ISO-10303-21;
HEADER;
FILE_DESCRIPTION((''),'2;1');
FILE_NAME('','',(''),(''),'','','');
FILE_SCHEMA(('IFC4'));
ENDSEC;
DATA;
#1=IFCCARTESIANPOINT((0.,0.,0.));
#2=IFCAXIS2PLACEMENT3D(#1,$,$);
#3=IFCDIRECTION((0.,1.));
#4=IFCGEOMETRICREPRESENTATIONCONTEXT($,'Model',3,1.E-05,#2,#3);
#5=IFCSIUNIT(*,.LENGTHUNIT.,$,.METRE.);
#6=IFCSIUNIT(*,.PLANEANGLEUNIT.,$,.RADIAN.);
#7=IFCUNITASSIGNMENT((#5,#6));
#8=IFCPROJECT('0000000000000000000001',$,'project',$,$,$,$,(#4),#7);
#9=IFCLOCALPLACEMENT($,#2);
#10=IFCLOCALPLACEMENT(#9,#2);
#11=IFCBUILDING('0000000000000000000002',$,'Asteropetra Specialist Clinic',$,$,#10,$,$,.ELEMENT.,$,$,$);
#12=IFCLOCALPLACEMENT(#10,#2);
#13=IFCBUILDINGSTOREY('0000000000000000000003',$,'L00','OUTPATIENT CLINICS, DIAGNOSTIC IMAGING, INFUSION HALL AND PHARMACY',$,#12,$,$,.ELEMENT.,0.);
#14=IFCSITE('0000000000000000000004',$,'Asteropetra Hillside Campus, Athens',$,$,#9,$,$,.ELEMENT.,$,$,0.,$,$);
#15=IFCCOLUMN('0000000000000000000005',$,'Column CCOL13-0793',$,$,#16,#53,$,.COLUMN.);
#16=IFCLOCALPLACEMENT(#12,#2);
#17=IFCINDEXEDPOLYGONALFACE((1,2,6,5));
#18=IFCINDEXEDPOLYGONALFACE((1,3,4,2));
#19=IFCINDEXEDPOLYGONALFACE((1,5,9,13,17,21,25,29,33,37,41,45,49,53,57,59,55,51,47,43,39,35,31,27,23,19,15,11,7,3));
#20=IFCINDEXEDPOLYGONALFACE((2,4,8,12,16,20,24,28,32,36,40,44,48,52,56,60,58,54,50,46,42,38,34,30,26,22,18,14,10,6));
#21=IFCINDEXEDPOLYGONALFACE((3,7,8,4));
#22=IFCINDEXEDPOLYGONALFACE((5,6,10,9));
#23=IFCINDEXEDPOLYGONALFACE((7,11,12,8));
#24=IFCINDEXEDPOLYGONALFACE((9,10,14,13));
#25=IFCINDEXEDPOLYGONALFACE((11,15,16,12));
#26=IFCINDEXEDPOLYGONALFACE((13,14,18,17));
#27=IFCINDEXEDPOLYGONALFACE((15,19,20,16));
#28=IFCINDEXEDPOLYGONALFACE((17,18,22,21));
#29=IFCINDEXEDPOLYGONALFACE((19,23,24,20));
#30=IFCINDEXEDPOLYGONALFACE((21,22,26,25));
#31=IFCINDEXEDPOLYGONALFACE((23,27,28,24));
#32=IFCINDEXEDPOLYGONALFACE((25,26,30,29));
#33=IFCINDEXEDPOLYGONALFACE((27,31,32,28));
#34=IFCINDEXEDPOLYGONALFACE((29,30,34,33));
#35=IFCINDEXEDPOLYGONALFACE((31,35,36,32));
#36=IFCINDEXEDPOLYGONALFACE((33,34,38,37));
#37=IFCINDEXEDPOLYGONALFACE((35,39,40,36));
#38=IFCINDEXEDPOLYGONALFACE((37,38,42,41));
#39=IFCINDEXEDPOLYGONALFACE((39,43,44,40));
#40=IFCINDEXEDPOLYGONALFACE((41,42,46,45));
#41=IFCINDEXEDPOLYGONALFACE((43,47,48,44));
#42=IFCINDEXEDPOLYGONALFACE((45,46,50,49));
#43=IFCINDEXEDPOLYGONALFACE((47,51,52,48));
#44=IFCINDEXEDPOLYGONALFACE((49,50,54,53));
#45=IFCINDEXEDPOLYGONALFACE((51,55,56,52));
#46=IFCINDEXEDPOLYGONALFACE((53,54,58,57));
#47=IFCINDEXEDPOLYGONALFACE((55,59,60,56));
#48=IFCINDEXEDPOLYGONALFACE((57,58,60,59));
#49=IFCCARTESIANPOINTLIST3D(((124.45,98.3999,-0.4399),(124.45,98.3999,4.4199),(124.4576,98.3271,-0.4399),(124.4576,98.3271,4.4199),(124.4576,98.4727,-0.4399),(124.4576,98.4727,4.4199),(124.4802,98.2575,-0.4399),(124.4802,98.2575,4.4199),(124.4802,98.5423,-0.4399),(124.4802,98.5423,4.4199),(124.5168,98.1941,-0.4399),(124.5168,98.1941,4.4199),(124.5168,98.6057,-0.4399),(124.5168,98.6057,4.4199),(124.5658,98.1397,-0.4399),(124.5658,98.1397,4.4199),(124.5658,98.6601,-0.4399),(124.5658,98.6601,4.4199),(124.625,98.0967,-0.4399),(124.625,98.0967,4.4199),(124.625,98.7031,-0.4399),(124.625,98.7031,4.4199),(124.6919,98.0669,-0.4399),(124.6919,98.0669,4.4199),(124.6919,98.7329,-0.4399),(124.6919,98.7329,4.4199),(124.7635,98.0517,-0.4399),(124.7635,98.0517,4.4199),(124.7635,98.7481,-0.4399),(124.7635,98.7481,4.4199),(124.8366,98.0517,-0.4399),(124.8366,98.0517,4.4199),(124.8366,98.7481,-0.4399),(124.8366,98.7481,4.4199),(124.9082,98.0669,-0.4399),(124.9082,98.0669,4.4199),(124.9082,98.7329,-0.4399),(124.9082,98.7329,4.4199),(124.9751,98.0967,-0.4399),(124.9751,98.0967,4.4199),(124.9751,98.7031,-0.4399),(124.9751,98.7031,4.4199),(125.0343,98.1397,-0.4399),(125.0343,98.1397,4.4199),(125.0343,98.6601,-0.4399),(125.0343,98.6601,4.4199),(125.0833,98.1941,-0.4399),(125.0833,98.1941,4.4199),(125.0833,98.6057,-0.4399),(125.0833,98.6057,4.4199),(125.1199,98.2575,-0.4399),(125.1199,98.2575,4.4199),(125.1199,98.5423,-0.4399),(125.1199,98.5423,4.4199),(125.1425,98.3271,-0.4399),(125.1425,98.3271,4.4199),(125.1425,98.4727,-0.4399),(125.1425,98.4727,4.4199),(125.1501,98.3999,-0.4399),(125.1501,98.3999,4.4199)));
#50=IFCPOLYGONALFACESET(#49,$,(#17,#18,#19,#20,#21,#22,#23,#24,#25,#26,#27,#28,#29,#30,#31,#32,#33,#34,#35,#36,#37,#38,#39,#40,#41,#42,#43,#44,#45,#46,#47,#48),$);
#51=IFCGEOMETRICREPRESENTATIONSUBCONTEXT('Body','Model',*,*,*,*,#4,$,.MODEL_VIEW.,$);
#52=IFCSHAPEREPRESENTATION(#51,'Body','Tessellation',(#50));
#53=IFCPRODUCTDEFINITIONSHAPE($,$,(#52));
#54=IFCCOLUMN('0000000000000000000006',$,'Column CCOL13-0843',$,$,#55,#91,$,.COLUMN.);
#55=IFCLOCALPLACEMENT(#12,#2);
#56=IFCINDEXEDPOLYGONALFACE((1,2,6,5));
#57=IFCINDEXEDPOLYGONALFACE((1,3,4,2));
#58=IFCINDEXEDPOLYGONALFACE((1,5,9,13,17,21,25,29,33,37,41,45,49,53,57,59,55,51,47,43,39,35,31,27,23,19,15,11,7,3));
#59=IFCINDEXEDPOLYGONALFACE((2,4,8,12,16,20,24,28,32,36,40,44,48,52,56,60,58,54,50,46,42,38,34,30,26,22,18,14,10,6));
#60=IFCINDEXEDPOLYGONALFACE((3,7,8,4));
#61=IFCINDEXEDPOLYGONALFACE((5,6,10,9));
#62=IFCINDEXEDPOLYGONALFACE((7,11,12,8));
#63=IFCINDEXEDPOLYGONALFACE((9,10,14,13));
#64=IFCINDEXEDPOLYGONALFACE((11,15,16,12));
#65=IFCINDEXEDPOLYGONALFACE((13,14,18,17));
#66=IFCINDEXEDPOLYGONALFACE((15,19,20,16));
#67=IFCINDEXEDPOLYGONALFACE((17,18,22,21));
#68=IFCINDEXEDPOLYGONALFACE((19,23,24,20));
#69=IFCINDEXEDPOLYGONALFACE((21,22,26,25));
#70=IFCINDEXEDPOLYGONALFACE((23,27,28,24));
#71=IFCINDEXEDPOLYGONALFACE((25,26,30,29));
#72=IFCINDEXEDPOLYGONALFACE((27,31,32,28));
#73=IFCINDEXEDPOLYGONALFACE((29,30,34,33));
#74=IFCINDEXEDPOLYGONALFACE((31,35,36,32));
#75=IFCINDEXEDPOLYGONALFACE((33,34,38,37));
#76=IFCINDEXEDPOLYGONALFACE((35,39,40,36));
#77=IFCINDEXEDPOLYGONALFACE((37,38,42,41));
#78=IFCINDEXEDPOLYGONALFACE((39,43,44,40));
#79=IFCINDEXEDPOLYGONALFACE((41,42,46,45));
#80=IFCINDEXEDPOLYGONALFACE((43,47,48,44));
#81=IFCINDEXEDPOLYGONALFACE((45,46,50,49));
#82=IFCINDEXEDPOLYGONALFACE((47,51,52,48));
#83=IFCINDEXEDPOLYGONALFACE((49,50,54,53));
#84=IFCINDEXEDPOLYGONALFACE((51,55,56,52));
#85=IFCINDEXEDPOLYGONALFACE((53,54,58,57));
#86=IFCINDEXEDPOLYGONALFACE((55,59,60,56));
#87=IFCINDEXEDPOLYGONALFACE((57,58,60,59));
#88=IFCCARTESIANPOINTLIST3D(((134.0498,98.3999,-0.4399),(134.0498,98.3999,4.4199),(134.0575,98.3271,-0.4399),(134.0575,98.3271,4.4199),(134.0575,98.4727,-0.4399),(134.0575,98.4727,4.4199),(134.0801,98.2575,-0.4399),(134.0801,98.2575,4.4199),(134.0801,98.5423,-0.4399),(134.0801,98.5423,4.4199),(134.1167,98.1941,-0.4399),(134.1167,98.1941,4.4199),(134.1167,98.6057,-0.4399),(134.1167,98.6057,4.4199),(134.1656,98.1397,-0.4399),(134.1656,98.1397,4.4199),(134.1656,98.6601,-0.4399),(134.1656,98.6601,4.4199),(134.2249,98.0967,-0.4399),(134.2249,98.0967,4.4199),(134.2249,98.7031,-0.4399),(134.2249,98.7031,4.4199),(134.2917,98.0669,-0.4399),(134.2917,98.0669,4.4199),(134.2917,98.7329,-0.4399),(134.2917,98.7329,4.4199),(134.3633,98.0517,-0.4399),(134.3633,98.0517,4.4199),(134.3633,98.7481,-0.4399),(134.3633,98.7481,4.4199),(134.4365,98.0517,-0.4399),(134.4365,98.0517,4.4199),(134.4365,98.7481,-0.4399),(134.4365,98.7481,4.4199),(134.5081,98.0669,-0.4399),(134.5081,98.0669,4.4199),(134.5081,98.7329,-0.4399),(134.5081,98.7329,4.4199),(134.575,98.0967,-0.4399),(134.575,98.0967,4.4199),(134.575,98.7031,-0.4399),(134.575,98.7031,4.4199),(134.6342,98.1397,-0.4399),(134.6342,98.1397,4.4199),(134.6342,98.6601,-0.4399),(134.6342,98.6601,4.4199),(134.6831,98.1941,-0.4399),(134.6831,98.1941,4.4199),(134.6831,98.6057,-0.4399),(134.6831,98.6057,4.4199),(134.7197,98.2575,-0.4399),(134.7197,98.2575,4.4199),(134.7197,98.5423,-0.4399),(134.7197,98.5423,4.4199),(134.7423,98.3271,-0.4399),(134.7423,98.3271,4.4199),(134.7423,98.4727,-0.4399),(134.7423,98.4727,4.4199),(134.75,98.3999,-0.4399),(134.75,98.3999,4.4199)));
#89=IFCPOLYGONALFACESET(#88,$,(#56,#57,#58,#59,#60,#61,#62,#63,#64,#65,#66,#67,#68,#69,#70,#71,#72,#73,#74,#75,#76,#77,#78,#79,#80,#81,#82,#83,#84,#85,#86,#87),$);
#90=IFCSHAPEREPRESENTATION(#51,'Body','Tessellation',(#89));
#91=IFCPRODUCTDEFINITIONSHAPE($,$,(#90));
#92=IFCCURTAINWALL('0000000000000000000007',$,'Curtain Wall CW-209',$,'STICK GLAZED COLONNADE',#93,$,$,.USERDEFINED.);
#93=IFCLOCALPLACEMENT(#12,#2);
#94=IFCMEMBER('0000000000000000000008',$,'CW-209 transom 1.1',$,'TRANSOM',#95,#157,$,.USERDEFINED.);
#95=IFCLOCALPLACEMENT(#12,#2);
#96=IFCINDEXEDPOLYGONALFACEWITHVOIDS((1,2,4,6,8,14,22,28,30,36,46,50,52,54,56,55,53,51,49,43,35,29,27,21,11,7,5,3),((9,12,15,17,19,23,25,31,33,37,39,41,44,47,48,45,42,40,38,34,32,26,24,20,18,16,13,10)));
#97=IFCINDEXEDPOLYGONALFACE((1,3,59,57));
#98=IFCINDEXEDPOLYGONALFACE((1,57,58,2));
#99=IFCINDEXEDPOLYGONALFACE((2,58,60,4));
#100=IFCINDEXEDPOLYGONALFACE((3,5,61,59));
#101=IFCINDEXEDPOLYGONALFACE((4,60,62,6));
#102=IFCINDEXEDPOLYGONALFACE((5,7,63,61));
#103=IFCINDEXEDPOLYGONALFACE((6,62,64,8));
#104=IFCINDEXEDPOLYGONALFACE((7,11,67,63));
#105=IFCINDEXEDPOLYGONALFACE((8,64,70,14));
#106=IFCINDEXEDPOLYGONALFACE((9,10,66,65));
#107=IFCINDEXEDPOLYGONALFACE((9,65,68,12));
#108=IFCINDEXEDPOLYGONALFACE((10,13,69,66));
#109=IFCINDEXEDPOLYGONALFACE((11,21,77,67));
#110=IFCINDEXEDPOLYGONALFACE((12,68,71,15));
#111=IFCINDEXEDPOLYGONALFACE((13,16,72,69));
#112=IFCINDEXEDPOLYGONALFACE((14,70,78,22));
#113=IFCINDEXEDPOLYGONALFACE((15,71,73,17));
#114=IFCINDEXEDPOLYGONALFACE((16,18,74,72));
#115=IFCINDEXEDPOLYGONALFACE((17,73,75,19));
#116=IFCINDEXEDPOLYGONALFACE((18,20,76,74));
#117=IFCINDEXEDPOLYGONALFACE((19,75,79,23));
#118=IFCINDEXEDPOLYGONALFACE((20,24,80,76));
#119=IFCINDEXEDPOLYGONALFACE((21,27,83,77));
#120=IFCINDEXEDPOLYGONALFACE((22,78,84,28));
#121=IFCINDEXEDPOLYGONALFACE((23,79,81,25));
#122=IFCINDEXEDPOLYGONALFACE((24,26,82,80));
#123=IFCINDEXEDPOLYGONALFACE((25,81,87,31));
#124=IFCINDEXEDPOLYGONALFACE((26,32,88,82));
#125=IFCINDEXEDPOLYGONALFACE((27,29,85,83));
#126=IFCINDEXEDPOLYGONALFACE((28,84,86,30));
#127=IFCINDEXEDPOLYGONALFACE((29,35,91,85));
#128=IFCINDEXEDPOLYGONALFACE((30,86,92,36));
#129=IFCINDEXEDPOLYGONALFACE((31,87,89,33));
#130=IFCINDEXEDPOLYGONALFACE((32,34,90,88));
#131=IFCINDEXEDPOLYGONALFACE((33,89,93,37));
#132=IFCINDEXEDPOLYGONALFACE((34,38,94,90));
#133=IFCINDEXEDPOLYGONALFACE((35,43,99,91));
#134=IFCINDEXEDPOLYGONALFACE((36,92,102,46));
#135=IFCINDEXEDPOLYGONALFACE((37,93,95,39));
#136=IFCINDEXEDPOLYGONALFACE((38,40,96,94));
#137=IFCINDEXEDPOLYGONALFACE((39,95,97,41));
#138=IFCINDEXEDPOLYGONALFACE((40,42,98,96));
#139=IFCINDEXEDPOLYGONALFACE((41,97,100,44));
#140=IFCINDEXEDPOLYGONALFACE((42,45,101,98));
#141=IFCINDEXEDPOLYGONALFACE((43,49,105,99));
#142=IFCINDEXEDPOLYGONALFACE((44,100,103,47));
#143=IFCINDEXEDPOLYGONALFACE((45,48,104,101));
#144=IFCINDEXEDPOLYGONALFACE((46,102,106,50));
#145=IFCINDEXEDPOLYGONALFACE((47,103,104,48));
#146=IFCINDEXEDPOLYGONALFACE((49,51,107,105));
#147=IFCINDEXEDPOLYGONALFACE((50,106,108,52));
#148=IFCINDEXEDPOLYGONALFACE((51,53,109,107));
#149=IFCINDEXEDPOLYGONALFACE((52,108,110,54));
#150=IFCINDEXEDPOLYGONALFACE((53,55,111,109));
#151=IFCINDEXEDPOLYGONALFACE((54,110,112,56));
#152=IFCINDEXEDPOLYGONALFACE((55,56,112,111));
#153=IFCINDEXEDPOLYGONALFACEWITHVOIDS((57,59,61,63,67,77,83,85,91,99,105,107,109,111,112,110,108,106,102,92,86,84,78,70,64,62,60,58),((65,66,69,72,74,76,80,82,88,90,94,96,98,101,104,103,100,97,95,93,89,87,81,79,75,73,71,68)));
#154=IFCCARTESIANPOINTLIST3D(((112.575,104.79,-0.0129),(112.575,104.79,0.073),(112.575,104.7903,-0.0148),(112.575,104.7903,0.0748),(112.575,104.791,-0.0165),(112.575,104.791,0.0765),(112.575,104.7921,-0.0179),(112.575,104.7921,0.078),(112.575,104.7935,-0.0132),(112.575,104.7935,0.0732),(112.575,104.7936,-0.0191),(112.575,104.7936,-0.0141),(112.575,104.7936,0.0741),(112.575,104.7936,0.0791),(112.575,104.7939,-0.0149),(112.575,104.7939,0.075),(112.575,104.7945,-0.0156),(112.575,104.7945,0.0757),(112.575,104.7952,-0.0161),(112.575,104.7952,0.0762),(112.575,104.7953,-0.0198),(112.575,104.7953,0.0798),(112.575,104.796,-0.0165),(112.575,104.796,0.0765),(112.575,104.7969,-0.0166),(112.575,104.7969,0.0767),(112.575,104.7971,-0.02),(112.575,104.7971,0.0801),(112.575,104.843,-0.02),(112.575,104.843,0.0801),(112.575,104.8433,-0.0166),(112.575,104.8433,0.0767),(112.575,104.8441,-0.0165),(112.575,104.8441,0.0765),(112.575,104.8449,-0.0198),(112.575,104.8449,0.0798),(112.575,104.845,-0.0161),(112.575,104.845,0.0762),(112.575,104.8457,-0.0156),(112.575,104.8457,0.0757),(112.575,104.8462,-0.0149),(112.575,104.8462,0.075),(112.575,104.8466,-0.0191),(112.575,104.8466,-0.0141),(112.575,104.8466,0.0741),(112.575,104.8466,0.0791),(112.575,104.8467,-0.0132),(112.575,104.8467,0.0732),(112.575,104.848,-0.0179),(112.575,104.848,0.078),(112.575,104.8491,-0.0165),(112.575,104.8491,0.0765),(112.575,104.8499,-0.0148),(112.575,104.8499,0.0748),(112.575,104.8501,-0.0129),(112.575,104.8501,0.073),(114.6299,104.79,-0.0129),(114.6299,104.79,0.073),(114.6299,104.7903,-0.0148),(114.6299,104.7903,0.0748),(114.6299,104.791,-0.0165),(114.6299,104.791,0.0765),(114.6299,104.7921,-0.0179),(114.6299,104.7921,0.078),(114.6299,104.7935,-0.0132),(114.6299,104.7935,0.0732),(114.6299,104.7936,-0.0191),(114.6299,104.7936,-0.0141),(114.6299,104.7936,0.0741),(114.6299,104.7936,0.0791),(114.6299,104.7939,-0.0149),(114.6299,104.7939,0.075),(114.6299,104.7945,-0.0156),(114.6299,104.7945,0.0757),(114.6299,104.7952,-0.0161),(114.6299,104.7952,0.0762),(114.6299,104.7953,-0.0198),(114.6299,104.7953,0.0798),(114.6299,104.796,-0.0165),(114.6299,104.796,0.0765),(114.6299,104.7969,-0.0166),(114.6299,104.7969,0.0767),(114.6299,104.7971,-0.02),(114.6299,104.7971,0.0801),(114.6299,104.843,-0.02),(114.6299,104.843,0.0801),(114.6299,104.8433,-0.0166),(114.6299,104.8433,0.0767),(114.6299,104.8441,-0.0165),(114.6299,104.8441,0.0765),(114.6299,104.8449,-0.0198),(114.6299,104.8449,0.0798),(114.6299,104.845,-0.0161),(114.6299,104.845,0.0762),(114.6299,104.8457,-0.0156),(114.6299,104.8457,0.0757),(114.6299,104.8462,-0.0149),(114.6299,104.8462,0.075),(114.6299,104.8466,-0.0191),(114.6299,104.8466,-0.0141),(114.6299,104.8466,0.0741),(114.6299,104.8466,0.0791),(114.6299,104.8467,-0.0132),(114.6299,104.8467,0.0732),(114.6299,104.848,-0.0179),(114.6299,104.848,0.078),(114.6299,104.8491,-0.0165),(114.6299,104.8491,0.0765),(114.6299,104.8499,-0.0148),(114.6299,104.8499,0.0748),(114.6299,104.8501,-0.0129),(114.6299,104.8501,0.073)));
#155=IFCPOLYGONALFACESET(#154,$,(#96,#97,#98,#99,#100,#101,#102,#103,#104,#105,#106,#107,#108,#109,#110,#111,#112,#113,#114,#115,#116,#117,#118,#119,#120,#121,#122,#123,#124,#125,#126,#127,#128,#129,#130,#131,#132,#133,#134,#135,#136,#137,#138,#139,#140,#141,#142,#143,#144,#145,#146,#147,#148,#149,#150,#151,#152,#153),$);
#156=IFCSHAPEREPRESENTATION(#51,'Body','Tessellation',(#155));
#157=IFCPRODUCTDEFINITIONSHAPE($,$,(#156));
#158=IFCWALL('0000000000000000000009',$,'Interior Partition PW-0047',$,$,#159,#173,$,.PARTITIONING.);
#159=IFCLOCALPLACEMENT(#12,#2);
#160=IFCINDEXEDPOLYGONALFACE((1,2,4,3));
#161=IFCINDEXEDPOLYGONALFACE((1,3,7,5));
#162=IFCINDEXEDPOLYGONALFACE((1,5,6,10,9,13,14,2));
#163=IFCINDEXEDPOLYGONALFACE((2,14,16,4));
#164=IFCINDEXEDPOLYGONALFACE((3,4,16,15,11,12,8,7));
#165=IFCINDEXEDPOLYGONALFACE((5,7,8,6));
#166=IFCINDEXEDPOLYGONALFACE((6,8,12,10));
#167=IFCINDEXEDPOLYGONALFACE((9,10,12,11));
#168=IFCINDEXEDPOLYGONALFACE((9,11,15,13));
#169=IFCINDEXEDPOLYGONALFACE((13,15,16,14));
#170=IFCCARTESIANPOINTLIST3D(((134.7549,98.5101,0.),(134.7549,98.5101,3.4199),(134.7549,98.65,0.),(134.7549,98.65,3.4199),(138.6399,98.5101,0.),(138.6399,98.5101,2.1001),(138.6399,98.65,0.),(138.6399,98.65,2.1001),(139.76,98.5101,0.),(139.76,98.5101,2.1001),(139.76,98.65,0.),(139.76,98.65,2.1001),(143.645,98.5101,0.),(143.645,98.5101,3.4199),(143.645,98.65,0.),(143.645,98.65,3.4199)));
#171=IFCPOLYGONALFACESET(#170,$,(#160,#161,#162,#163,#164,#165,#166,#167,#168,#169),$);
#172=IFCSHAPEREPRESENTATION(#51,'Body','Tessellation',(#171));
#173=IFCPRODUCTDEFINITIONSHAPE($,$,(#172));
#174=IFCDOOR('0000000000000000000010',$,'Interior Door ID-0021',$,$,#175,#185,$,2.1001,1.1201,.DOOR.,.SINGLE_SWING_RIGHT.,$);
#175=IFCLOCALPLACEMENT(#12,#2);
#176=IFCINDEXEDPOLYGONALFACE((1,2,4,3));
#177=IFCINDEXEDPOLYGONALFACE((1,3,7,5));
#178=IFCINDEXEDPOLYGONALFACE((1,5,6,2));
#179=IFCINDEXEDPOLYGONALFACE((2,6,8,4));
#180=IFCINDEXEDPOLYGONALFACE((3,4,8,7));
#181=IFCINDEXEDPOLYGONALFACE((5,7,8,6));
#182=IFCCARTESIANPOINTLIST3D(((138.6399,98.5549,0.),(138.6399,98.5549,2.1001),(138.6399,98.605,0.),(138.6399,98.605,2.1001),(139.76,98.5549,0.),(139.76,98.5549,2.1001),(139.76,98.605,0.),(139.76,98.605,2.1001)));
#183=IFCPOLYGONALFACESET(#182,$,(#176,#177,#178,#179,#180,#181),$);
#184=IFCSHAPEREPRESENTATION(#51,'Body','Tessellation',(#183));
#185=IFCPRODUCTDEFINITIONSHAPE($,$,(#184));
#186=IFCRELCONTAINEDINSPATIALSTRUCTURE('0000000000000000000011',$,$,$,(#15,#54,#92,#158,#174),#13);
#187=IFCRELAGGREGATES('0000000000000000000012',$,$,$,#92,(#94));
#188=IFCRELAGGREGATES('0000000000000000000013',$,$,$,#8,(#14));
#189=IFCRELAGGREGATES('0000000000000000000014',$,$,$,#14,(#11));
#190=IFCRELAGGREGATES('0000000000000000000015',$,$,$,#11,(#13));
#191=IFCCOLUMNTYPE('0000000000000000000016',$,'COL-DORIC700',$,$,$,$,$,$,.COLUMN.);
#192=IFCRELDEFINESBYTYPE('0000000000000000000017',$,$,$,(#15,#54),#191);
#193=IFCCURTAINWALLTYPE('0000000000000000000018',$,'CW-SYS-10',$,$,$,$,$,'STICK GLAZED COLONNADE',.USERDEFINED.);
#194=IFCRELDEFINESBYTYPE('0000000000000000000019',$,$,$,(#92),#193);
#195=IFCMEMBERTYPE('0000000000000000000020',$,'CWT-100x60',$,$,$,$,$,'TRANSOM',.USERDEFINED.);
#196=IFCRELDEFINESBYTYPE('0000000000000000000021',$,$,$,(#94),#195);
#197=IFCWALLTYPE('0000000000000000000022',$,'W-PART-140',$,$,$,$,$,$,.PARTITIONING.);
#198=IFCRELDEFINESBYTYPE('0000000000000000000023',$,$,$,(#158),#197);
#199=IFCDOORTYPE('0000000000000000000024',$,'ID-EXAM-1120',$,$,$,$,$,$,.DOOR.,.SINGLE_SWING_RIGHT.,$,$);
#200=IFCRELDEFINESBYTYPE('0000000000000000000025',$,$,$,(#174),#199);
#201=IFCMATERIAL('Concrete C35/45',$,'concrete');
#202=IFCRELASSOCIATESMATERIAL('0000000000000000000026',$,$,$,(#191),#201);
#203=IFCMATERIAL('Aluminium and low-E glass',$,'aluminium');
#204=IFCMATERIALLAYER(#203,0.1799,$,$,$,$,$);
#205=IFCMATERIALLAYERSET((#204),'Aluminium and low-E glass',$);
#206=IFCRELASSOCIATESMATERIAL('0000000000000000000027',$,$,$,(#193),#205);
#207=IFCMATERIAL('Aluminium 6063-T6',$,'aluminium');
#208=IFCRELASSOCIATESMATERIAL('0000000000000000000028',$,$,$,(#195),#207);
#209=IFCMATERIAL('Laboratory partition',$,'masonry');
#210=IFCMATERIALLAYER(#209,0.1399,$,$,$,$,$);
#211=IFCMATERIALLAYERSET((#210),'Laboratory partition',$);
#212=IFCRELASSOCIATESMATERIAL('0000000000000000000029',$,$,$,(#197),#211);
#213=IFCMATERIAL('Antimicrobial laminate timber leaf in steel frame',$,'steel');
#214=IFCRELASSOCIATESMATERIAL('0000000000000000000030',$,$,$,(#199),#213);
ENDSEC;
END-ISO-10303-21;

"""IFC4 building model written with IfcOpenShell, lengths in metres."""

from ifc_helpers import new_model, si_unit, direction, frame, frame_2d, origin, origin_2d, place, context, subcontext, project, spatial, rectangle, hollow_rectangle, circle, extrude, material, layer, layer_set, material_profile, profile_set, type_object, element, fill, aggregate, save


model = new_model("IFC4")

# Units and contexts
model_context = context("Model", 3, precision=1e-05, world=origin(), true_north=direction((0.0, 1.0)))
body_context = subcontext(model_context, "Body", "Model", "MODEL_VIEW")
ifc_project = project(units=[si_unit("LENGTHUNIT", "METRE"), si_unit("PLANEANGLEUNIT", "RADIAN")], contexts=[model_context])

# Site, building, storey
site_placement = place(None, origin())
site = spatial("IfcSite", under=ifc_project, at=site_placement, Name="Asteropetra Hillside Campus, Athens", CompositionType="ELEMENT", RefElevation=0.0)
building_placement = place(site_placement, origin())
building = spatial("IfcBuilding", under=site, at=building_placement, Name="Asteropetra Specialist Clinic", CompositionType="ELEMENT")
storey_placement = place(building_placement, origin())
storey = spatial("IfcBuildingStorey", under=building, at=storey_placement, Name="L00", Description="OUTPATIENT CLINICS, DIAGNOSTIC IMAGING, INFUSION HALL AND PHARMACY", CompositionType="ELEMENT", Elevation=0.0)

# Columns
ifc_material_1 = material(Name="Concrete C35/45", Category="concrete")
ifc_material_profile_1 = material_profile(ifc_material_1, circle(Radius=0.3501, at=origin_2d()), Name="RCC D700")
ifc_profile_set_1 = profile_set([ifc_material_profile_1], Name="Concrete C35/45")
column_type = type_object("IfcColumnType", Name="COL-DORIC700", PredefinedType="COLUMN", material=ifc_profile_set_1)
for number, where, z_axis, x_axis, name in (
    (1, (124.8, 98.3999, -0.4399), (0.0, 0.0, 1.0), (1.0, 0.0, 0.0), "Column CCOL13-0793"),
    (2, (134.3999, 98.3999, -0.4399), (0.0, 0.0, 1.0), (1.0, 0.0, 0.0), "Column CCOL13-0843"),
):
    element("IfcColumn", number, at=place(storey_placement, frame(where, z_axis=z_axis, x_axis=x_axis)), inside=storey, type_object=column_type, Name=name, PredefinedType="COLUMN", context=body_context, shape_type="SweptSolid", body=[
        extrude(circle(Radius=0.3501, at=origin_2d()), origin(), (0.0, 0.0, 1.0), 4.8599),
    ])

# Curtain wall, member
ifc_material_2 = material(Name="Aluminium and low-E glass", Category="aluminium")
ifc_layer_1 = layer(ifc_material_2, 0.1799)
ifc_layer_set_1 = layer_set([ifc_layer_1], Name="Aluminium and low-E glass")
curtain_wall_type = type_object("IfcCurtainWallType", Name="CW-SYS-10", ElementType="STICK GLAZED COLONNADE", PredefinedType="USERDEFINED", material=ifc_layer_set_1)
curtain_wall_placement = place(storey_placement, origin())
curtain_wall = element("IfcCurtainWall", 3, at=curtain_wall_placement, inside=storey, type_object=curtain_wall_type, Name="Curtain Wall CW-209", ObjectType="STICK GLAZED COLONNADE", PredefinedType="USERDEFINED")
ifc_material_3 = material(Name="Aluminium 6063-T6", Category="aluminium")
ifc_material_profile_2 = material_profile(ifc_material_3, hollow_rectangle(XDim=0.0601, YDim=0.1001, WallThickness=0.0034, InnerFilletRadius=0.0034, OuterFilletRadius=0.0071, at=origin_2d()), Name="TRN 100x60x3.5")
ifc_profile_set_2 = profile_set([ifc_material_profile_2], Name="Aluminium 6063-T6")
member_type = type_object("IfcMemberType", Name="CWT-100x60", ElementType="TRANSOM", PredefinedType="USERDEFINED", material=ifc_profile_set_2)
member_placement = place(storey_placement, frame((114.6299, 104.8201, 0.03), z_axis=(-1.0, 0.0, 0.0), x_axis=(0.0, -1.0, 0.0)))
member = element("IfcMember", 4, at=member_placement, type_object=member_type, Name="CW-209 transom 1.1", ObjectType="TRANSOM", PredefinedType="USERDEFINED", context=body_context, shape_type="SweptSolid", body=[
    extrude(hollow_rectangle(XDim=0.0601, YDim=0.1001, WallThickness=0.0034, InnerFilletRadius=0.0034, OuterFilletRadius=0.0071, at=origin_2d()), origin(), (0.0, 0.0, 1.0), 2.0549),
])
aggregate(curtain_wall, [member])

# Wall, opening, door
ifc_material_4 = material(Name="Laboratory partition", Category="masonry")
ifc_layer_2 = layer(ifc_material_4, 0.1399)
ifc_layer_set_2 = layer_set([ifc_layer_2], Name="Laboratory partition")
wall_type = type_object("IfcWallType", Name="W-PART-140", PredefinedType="PARTITIONING", material=ifc_layer_set_2)
wall_placement = place(storey_placement, frame((134.7549, 98.5801, 0.0), z_axis=(0.0, 0.0, 1.0), x_axis=(1.0, 0.0, 0.0)))
wall = element("IfcWall", 5, at=wall_placement, inside=storey, type_object=wall_type, Name="Interior Partition PW-0047", PredefinedType="PARTITIONING", context=body_context, shape_type="SweptSolid", body=[
    extrude(rectangle(XDim=8.8901, YDim=0.1399, at=frame_2d((4.4451, 0.0))), origin(), (0.0, 0.0, 1.0), 3.4199),
])
opening_placement = place(wall_placement, frame((3.885, 0.0, 0.0)))
opening = element("IfcOpeningElement", 6, at=opening_placement, cuts=wall, PredefinedType="OPENING", context=body_context, shape_type="SweptSolid", body=[
    extrude(rectangle(XDim=1.1201, YDim=2.1001, at=frame_2d((0.5601, 1.05))), frame((0.0, 0.0798, 0.0), z_axis=(0.0, -1.0, 0.0), x_axis=(1.0, 0.0, 0.0)), (0.0, 0.0, 1.0), 0.1599),
])
ifc_material_5 = material(Name="Antimicrobial laminate timber leaf in steel frame", Category="steel")
door_type = type_object("IfcDoorType", Name="ID-EXAM-1120", OperationType="SINGLE_SWING_RIGHT", PredefinedType="DOOR", material=ifc_material_5)
door_placement = place(opening_placement, origin())
door = element("IfcDoor", 7, at=door_placement, inside=storey, type_object=door_type, Name="Interior Door ID-0021", OperationType="SINGLE_SWING_RIGHT", OverallHeight=2.1001, OverallWidth=1.1201, PredefinedType="DOOR", context=body_context, shape_type="SweptSolid", body=[
    extrude(rectangle(XDim=1.1201, YDim=2.1001, at=frame_2d((0.5601, 1.05))), frame((0.0, 0.0249, 0.0), z_axis=(0.0, -1.0, 0.0), x_axis=(1.0, 0.0, 0.0)), (0.0, 0.0, 1.0), 0.05),
])
fill(opening, door)

save(model, "model.ifc")
